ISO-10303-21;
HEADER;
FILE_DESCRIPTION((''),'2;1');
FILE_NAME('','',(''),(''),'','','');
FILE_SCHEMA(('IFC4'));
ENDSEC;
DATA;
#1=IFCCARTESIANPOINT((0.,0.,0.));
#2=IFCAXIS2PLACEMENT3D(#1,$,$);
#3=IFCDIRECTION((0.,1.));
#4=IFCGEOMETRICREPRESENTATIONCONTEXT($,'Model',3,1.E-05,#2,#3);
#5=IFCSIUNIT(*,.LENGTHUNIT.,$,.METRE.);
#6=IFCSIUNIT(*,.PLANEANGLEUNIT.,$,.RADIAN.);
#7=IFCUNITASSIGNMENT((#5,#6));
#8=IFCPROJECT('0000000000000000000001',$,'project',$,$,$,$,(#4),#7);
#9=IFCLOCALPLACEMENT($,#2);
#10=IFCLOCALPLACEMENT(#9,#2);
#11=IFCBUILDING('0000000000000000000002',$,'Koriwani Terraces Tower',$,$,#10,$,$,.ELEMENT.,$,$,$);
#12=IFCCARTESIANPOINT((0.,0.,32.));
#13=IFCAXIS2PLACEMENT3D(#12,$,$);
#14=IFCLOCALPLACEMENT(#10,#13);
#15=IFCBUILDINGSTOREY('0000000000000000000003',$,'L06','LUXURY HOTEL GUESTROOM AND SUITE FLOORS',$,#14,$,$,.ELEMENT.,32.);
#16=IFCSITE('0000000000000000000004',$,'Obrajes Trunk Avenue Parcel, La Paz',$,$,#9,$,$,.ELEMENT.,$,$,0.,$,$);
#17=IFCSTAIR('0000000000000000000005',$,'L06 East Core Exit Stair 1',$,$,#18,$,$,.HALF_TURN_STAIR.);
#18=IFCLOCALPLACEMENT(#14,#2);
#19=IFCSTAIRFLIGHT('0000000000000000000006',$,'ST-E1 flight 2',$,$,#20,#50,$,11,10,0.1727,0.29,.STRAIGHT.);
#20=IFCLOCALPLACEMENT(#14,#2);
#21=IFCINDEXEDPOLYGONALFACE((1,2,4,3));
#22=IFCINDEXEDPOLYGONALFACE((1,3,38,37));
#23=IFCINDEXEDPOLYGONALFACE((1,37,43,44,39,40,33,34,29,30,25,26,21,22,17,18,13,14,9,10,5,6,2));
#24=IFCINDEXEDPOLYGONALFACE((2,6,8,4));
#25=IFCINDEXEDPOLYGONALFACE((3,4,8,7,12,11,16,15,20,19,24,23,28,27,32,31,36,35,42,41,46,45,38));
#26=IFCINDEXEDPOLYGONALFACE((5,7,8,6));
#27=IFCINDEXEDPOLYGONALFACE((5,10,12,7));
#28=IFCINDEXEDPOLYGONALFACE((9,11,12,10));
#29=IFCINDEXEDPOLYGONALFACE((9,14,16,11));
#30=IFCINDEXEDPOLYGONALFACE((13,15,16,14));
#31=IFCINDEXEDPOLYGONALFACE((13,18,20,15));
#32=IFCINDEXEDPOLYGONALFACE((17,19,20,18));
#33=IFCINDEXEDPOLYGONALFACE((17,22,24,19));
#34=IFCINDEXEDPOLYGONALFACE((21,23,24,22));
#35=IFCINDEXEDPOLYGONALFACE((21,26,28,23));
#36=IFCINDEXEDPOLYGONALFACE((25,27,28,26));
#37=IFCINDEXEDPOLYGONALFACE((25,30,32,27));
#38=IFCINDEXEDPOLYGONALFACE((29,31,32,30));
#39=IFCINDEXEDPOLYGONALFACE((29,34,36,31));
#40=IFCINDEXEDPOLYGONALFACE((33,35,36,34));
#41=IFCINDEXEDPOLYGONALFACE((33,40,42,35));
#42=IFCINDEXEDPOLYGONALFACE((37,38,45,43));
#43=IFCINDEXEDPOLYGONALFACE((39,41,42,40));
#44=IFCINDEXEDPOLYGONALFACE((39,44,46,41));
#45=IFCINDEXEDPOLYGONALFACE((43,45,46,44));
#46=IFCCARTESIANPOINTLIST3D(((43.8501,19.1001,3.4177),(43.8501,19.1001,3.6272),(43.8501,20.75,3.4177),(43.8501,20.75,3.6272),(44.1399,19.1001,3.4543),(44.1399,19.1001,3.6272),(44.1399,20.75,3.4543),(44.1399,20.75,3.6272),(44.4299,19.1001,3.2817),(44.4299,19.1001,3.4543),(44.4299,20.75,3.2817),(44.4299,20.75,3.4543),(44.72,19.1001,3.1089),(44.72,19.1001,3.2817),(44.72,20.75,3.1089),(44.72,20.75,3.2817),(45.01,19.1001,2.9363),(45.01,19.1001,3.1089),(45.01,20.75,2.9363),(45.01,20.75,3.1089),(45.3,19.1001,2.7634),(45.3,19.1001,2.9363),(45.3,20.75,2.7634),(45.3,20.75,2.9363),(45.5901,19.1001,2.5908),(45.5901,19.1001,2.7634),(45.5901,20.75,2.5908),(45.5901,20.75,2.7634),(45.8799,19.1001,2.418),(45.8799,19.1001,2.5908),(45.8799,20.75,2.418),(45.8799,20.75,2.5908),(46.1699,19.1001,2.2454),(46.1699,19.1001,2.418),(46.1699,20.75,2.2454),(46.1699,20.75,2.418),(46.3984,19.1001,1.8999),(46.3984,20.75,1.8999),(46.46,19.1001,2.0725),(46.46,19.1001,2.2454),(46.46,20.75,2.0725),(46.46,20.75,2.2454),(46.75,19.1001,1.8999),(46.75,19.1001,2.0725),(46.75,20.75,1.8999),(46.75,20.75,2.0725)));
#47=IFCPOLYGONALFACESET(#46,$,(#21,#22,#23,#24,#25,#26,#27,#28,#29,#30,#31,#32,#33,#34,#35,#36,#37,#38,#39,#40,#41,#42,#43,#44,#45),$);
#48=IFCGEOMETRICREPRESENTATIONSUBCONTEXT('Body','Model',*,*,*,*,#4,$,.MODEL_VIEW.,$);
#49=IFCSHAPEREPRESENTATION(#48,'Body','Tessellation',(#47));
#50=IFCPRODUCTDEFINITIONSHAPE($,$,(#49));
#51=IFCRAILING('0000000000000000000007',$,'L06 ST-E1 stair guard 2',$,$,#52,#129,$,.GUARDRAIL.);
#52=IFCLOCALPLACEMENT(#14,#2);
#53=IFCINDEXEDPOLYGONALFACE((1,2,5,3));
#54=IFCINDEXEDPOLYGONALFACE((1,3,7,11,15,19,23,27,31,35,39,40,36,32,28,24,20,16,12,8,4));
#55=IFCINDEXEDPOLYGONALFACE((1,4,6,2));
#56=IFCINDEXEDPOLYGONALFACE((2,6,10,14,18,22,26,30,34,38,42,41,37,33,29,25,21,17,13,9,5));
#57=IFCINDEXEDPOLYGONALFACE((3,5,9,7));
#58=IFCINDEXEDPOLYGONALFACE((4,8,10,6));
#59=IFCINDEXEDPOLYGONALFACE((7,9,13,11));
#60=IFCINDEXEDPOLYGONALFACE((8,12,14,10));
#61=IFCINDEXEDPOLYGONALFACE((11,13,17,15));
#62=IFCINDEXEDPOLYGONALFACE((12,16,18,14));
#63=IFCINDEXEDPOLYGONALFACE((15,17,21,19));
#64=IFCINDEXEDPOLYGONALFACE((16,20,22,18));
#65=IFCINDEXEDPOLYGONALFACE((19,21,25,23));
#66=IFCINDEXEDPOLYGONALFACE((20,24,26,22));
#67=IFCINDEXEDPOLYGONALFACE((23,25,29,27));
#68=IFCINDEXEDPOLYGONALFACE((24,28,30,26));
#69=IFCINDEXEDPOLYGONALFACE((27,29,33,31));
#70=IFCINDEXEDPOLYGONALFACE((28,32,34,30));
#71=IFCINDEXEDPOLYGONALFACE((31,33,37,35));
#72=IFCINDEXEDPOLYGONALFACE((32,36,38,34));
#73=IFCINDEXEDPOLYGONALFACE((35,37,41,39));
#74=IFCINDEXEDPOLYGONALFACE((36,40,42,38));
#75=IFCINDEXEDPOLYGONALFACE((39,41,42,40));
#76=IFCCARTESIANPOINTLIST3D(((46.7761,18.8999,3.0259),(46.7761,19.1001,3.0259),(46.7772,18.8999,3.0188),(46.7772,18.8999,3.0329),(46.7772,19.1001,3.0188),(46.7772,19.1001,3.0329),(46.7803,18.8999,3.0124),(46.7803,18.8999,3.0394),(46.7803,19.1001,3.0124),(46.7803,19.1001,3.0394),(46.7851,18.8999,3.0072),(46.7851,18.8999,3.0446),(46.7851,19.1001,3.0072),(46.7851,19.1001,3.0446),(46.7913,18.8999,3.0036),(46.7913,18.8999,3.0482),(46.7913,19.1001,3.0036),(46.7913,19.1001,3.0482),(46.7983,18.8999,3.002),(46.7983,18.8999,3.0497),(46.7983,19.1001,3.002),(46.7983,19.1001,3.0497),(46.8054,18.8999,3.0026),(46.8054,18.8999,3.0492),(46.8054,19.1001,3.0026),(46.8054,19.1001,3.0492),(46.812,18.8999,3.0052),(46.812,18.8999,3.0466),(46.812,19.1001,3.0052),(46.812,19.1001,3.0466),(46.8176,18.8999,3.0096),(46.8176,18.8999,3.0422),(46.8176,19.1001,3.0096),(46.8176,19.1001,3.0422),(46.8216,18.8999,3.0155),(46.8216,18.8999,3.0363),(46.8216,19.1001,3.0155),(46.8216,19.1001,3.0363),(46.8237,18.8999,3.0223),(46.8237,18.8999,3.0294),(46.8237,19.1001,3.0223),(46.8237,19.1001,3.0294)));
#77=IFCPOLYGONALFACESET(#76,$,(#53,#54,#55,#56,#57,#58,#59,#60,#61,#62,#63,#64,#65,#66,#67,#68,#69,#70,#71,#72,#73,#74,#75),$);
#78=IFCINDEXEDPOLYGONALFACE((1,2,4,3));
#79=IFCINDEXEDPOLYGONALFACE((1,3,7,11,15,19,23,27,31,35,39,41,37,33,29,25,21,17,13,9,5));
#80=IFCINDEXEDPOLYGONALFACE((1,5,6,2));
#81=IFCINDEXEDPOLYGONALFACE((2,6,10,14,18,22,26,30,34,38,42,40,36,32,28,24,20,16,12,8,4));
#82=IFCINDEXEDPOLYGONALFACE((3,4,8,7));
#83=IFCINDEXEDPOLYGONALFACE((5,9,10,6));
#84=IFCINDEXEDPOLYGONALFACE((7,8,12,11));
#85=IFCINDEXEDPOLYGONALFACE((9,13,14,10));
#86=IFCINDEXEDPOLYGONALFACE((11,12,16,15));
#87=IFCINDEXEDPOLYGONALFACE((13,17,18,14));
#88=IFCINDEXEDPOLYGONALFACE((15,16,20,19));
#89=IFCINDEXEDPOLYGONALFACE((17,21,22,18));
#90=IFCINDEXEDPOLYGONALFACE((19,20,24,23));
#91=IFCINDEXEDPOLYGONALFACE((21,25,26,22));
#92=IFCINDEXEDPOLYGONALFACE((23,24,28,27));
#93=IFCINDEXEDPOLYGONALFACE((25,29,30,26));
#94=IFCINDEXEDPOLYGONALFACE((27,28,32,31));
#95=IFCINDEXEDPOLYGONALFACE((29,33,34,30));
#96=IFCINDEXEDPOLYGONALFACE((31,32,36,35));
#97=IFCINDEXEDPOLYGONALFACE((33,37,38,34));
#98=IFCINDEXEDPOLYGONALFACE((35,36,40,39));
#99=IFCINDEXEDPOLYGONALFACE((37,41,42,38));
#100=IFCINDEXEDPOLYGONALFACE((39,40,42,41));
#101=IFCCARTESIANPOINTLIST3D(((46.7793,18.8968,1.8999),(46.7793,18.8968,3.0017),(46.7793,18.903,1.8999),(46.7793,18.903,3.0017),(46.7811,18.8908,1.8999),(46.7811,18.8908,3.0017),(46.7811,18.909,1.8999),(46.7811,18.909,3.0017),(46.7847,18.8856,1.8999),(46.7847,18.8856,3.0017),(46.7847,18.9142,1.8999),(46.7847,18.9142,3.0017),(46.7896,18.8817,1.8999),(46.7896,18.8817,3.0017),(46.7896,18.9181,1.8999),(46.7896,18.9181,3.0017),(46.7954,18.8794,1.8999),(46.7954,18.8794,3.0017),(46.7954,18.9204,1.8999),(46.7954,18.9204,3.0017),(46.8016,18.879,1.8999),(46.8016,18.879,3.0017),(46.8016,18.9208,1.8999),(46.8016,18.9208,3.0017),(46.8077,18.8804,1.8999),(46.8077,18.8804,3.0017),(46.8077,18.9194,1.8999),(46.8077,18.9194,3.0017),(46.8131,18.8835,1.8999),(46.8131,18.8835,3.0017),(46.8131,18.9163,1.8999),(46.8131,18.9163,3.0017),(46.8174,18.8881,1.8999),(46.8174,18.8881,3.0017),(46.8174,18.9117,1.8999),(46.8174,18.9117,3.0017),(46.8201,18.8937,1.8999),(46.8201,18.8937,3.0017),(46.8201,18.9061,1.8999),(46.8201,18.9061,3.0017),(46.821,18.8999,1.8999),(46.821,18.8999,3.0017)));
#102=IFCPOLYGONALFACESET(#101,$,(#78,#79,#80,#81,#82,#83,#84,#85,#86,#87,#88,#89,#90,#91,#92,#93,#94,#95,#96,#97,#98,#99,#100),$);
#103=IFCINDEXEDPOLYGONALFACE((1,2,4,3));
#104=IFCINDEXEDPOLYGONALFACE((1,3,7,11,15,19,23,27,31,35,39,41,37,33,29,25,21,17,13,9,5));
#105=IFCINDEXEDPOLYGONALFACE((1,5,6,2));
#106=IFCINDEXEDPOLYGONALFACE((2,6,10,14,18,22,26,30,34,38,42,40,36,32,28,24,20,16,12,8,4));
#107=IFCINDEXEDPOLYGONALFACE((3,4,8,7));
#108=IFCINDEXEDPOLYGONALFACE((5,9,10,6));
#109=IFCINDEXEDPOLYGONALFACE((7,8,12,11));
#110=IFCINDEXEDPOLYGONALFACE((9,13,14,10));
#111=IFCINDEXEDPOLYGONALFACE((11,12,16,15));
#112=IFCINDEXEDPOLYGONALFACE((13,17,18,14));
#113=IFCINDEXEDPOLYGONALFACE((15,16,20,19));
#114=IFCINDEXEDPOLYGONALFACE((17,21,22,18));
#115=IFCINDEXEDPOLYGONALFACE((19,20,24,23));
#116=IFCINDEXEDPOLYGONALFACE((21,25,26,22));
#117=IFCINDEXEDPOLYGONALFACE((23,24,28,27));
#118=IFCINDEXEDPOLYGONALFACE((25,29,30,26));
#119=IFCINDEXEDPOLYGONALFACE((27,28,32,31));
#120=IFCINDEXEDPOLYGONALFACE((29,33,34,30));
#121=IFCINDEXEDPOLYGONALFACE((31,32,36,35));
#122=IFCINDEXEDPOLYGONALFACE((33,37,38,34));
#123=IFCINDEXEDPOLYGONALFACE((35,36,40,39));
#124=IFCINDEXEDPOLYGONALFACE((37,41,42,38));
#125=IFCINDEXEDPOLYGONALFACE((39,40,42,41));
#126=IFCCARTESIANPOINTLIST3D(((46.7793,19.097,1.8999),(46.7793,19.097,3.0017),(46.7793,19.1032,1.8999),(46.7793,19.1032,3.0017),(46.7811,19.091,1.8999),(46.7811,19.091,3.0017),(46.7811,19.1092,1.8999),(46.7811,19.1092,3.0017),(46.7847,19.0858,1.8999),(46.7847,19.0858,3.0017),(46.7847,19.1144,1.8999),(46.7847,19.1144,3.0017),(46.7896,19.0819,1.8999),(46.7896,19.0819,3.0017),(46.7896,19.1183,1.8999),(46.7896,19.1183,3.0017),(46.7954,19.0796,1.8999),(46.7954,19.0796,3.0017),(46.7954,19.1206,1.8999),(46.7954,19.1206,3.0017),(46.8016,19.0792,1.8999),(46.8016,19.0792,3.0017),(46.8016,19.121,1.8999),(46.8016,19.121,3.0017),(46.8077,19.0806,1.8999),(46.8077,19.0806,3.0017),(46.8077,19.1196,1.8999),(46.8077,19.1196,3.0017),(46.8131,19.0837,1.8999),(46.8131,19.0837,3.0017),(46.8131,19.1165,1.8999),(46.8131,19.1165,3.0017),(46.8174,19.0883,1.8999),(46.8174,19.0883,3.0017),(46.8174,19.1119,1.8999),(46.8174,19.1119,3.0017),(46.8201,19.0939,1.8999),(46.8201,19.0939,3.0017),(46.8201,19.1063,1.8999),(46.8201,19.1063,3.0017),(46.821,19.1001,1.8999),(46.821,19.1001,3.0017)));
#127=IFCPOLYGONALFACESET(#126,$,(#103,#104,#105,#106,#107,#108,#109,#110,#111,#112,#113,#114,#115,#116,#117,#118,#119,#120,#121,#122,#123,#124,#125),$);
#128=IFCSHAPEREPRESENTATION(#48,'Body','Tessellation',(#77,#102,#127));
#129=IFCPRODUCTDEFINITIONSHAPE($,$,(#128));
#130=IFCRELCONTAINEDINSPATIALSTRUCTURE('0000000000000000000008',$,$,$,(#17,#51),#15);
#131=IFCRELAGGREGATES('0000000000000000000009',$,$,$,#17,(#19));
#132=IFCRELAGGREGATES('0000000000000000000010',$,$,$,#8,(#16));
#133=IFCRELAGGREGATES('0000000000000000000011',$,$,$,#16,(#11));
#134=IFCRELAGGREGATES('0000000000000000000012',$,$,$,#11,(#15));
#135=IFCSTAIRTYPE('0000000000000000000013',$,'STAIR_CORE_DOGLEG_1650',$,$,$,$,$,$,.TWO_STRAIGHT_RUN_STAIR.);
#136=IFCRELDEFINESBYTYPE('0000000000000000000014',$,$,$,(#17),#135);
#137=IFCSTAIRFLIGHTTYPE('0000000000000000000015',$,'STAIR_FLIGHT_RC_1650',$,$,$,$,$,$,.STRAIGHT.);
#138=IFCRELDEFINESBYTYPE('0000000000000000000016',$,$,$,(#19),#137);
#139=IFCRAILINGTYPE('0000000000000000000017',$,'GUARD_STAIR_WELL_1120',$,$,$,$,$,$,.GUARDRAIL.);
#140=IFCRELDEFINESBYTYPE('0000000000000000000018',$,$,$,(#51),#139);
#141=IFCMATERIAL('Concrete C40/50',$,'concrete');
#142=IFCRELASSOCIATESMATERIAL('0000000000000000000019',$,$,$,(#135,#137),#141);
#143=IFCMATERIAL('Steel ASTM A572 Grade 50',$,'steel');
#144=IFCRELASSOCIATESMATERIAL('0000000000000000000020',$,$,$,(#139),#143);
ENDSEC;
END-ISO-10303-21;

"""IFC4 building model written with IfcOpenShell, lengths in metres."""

from ifc_helpers import new_model, si_unit, direction, frame, origin, origin_2d, place, context, subcontext, project, spatial, polyline, circle, outline, extrude, material, type_object, element, aggregate, save


model = new_model("IFC4")

# Units and contexts
model_context = context("Model", 3, precision=1e-05, world=origin(), true_north=direction((0.0, 1.0)))
body_context = subcontext(model_context, "Body", "Model", "MODEL_VIEW")
ifc_project = project(units=[si_unit("LENGTHUNIT", "METRE"), si_unit("PLANEANGLEUNIT", "RADIAN")], contexts=[model_context])

# Site, building, storey
site_placement = place(None, origin())
site = spatial("IfcSite", under=ifc_project, at=site_placement, Name="Obrajes Trunk Avenue Parcel, La Paz", CompositionType="ELEMENT", RefElevation=0.0)
building_placement = place(site_placement, origin())
building = spatial("IfcBuilding", under=site, at=building_placement, Name="Koriwani Terraces Tower", CompositionType="ELEMENT")
storey_placement = place(building_placement, frame((0.0, 0.0, 32.0)))
storey = spatial("IfcBuildingStorey", under=building, at=storey_placement, Name="L06", Description="LUXURY HOTEL GUESTROOM AND SUITE FLOORS", CompositionType="ELEMENT", Elevation=32.0)

# Shared definitions
ifc_material_1 = material(Name="Steel ASTM A572 Grade 50", Category="steel")

# Shared definitions
ifc_material_2 = material(Name="Concrete C40/50", Category="concrete")

# Stair, stair flight
stair_type = type_object("IfcStairType", Name="STAIR_CORE_DOGLEG_1650", PredefinedType="TWO_STRAIGHT_RUN_STAIR", material=ifc_material_2)
stair_placement = place(storey_placement, origin())
stair = element("IfcStair", 1, at=stair_placement, inside=storey, type_object=stair_type, Name="L06 East Core Exit Stair 1", PredefinedType="HALF_TURN_STAIR")
stair_flight_type = type_object("IfcStairFlightType", Name="STAIR_FLIGHT_RC_1650", PredefinedType="STRAIGHT", material=ifc_material_2)
stair_flight_placement = place(storey_placement, frame((46.75, 19.925, 1.8999), z_axis=(0.0, 0.0, 1.0), x_axis=(-1.0, 0.0, 0.0)))
stair_flight = element("IfcStairFlight", 2, at=stair_flight_placement, type_object=stair_flight_type, Name="ST-E1 flight 2", NumberOfRisers=11, NumberOfTreads=10, PredefinedType="STRAIGHT", RiserHeight=0.1727, TreadLength=0.29, context=body_context, shape_type="SweptSolid", body=[
    extrude(outline(polyline([(0.0, 0.0), (0.0, 0.1726), (0.29, 0.1726), (0.29, 0.3455), (0.5801, 0.3455), (0.5801, 0.5181), (0.8701, 0.5181), (0.8701, 0.6909), (1.1599, 0.6909), (1.1599, 0.8635), (1.45, 0.8635), (1.45, 1.0364), (1.74, 1.0364), (1.74, 1.209), (2.03, 1.209), (2.03, 1.3818), (2.3201, 1.3818), (2.3201, 1.5544), (2.6101, 1.5544), (2.6101, 1.7273), (2.8999, 1.7273), (2.8999, 1.8999), (2.8999, 1.5178), (0.3516, 0.0), (0.0, 0.0)])), frame((0.0, 0.825, 0.0), z_axis=(0.0, -1.0, 0.0), x_axis=(1.0, 0.0, 0.0)), (0.0, 0.0, 1.0), 1.6499),
])
aggregate(stair, [stair_flight])

# Railing
railing_type_1 = type_object("IfcRailingType", Name="GUARD_STAIR_WELL_1120", PredefinedType="GUARDRAIL", material=ifc_material_1)
railing_1_placement = place(storey_placement, frame((46.8, 18.8999, 1.8999)))
element("IfcRailing", 3, at=railing_1_placement, inside=storey, type_object=railing_type_1, Name="L06 ST-E1 stair guard 2", PredefinedType="GUARDRAIL", context=body_context, shape_type="SweptSolid", body=[
    extrude(circle(Radius=0.0239, at=origin_2d()), frame((0.0, 0.0, 1.126), z_axis=(0.0, 1.0, 0.0), x_axis=(-1.0, 0.0, 0.0)), (0.0, 0.0, 1.0), 0.2002),
    extrude(circle(Radius=0.021, at=origin_2d()), origin(), (0.0, 0.0, 1.0), 1.1018),
    extrude(circle(Radius=0.021, at=origin_2d()), frame((0.0, 0.2002, 0.0)), (0.0, 0.0, 1.0), 1.1018),
])

save(model, "model.ifc")
